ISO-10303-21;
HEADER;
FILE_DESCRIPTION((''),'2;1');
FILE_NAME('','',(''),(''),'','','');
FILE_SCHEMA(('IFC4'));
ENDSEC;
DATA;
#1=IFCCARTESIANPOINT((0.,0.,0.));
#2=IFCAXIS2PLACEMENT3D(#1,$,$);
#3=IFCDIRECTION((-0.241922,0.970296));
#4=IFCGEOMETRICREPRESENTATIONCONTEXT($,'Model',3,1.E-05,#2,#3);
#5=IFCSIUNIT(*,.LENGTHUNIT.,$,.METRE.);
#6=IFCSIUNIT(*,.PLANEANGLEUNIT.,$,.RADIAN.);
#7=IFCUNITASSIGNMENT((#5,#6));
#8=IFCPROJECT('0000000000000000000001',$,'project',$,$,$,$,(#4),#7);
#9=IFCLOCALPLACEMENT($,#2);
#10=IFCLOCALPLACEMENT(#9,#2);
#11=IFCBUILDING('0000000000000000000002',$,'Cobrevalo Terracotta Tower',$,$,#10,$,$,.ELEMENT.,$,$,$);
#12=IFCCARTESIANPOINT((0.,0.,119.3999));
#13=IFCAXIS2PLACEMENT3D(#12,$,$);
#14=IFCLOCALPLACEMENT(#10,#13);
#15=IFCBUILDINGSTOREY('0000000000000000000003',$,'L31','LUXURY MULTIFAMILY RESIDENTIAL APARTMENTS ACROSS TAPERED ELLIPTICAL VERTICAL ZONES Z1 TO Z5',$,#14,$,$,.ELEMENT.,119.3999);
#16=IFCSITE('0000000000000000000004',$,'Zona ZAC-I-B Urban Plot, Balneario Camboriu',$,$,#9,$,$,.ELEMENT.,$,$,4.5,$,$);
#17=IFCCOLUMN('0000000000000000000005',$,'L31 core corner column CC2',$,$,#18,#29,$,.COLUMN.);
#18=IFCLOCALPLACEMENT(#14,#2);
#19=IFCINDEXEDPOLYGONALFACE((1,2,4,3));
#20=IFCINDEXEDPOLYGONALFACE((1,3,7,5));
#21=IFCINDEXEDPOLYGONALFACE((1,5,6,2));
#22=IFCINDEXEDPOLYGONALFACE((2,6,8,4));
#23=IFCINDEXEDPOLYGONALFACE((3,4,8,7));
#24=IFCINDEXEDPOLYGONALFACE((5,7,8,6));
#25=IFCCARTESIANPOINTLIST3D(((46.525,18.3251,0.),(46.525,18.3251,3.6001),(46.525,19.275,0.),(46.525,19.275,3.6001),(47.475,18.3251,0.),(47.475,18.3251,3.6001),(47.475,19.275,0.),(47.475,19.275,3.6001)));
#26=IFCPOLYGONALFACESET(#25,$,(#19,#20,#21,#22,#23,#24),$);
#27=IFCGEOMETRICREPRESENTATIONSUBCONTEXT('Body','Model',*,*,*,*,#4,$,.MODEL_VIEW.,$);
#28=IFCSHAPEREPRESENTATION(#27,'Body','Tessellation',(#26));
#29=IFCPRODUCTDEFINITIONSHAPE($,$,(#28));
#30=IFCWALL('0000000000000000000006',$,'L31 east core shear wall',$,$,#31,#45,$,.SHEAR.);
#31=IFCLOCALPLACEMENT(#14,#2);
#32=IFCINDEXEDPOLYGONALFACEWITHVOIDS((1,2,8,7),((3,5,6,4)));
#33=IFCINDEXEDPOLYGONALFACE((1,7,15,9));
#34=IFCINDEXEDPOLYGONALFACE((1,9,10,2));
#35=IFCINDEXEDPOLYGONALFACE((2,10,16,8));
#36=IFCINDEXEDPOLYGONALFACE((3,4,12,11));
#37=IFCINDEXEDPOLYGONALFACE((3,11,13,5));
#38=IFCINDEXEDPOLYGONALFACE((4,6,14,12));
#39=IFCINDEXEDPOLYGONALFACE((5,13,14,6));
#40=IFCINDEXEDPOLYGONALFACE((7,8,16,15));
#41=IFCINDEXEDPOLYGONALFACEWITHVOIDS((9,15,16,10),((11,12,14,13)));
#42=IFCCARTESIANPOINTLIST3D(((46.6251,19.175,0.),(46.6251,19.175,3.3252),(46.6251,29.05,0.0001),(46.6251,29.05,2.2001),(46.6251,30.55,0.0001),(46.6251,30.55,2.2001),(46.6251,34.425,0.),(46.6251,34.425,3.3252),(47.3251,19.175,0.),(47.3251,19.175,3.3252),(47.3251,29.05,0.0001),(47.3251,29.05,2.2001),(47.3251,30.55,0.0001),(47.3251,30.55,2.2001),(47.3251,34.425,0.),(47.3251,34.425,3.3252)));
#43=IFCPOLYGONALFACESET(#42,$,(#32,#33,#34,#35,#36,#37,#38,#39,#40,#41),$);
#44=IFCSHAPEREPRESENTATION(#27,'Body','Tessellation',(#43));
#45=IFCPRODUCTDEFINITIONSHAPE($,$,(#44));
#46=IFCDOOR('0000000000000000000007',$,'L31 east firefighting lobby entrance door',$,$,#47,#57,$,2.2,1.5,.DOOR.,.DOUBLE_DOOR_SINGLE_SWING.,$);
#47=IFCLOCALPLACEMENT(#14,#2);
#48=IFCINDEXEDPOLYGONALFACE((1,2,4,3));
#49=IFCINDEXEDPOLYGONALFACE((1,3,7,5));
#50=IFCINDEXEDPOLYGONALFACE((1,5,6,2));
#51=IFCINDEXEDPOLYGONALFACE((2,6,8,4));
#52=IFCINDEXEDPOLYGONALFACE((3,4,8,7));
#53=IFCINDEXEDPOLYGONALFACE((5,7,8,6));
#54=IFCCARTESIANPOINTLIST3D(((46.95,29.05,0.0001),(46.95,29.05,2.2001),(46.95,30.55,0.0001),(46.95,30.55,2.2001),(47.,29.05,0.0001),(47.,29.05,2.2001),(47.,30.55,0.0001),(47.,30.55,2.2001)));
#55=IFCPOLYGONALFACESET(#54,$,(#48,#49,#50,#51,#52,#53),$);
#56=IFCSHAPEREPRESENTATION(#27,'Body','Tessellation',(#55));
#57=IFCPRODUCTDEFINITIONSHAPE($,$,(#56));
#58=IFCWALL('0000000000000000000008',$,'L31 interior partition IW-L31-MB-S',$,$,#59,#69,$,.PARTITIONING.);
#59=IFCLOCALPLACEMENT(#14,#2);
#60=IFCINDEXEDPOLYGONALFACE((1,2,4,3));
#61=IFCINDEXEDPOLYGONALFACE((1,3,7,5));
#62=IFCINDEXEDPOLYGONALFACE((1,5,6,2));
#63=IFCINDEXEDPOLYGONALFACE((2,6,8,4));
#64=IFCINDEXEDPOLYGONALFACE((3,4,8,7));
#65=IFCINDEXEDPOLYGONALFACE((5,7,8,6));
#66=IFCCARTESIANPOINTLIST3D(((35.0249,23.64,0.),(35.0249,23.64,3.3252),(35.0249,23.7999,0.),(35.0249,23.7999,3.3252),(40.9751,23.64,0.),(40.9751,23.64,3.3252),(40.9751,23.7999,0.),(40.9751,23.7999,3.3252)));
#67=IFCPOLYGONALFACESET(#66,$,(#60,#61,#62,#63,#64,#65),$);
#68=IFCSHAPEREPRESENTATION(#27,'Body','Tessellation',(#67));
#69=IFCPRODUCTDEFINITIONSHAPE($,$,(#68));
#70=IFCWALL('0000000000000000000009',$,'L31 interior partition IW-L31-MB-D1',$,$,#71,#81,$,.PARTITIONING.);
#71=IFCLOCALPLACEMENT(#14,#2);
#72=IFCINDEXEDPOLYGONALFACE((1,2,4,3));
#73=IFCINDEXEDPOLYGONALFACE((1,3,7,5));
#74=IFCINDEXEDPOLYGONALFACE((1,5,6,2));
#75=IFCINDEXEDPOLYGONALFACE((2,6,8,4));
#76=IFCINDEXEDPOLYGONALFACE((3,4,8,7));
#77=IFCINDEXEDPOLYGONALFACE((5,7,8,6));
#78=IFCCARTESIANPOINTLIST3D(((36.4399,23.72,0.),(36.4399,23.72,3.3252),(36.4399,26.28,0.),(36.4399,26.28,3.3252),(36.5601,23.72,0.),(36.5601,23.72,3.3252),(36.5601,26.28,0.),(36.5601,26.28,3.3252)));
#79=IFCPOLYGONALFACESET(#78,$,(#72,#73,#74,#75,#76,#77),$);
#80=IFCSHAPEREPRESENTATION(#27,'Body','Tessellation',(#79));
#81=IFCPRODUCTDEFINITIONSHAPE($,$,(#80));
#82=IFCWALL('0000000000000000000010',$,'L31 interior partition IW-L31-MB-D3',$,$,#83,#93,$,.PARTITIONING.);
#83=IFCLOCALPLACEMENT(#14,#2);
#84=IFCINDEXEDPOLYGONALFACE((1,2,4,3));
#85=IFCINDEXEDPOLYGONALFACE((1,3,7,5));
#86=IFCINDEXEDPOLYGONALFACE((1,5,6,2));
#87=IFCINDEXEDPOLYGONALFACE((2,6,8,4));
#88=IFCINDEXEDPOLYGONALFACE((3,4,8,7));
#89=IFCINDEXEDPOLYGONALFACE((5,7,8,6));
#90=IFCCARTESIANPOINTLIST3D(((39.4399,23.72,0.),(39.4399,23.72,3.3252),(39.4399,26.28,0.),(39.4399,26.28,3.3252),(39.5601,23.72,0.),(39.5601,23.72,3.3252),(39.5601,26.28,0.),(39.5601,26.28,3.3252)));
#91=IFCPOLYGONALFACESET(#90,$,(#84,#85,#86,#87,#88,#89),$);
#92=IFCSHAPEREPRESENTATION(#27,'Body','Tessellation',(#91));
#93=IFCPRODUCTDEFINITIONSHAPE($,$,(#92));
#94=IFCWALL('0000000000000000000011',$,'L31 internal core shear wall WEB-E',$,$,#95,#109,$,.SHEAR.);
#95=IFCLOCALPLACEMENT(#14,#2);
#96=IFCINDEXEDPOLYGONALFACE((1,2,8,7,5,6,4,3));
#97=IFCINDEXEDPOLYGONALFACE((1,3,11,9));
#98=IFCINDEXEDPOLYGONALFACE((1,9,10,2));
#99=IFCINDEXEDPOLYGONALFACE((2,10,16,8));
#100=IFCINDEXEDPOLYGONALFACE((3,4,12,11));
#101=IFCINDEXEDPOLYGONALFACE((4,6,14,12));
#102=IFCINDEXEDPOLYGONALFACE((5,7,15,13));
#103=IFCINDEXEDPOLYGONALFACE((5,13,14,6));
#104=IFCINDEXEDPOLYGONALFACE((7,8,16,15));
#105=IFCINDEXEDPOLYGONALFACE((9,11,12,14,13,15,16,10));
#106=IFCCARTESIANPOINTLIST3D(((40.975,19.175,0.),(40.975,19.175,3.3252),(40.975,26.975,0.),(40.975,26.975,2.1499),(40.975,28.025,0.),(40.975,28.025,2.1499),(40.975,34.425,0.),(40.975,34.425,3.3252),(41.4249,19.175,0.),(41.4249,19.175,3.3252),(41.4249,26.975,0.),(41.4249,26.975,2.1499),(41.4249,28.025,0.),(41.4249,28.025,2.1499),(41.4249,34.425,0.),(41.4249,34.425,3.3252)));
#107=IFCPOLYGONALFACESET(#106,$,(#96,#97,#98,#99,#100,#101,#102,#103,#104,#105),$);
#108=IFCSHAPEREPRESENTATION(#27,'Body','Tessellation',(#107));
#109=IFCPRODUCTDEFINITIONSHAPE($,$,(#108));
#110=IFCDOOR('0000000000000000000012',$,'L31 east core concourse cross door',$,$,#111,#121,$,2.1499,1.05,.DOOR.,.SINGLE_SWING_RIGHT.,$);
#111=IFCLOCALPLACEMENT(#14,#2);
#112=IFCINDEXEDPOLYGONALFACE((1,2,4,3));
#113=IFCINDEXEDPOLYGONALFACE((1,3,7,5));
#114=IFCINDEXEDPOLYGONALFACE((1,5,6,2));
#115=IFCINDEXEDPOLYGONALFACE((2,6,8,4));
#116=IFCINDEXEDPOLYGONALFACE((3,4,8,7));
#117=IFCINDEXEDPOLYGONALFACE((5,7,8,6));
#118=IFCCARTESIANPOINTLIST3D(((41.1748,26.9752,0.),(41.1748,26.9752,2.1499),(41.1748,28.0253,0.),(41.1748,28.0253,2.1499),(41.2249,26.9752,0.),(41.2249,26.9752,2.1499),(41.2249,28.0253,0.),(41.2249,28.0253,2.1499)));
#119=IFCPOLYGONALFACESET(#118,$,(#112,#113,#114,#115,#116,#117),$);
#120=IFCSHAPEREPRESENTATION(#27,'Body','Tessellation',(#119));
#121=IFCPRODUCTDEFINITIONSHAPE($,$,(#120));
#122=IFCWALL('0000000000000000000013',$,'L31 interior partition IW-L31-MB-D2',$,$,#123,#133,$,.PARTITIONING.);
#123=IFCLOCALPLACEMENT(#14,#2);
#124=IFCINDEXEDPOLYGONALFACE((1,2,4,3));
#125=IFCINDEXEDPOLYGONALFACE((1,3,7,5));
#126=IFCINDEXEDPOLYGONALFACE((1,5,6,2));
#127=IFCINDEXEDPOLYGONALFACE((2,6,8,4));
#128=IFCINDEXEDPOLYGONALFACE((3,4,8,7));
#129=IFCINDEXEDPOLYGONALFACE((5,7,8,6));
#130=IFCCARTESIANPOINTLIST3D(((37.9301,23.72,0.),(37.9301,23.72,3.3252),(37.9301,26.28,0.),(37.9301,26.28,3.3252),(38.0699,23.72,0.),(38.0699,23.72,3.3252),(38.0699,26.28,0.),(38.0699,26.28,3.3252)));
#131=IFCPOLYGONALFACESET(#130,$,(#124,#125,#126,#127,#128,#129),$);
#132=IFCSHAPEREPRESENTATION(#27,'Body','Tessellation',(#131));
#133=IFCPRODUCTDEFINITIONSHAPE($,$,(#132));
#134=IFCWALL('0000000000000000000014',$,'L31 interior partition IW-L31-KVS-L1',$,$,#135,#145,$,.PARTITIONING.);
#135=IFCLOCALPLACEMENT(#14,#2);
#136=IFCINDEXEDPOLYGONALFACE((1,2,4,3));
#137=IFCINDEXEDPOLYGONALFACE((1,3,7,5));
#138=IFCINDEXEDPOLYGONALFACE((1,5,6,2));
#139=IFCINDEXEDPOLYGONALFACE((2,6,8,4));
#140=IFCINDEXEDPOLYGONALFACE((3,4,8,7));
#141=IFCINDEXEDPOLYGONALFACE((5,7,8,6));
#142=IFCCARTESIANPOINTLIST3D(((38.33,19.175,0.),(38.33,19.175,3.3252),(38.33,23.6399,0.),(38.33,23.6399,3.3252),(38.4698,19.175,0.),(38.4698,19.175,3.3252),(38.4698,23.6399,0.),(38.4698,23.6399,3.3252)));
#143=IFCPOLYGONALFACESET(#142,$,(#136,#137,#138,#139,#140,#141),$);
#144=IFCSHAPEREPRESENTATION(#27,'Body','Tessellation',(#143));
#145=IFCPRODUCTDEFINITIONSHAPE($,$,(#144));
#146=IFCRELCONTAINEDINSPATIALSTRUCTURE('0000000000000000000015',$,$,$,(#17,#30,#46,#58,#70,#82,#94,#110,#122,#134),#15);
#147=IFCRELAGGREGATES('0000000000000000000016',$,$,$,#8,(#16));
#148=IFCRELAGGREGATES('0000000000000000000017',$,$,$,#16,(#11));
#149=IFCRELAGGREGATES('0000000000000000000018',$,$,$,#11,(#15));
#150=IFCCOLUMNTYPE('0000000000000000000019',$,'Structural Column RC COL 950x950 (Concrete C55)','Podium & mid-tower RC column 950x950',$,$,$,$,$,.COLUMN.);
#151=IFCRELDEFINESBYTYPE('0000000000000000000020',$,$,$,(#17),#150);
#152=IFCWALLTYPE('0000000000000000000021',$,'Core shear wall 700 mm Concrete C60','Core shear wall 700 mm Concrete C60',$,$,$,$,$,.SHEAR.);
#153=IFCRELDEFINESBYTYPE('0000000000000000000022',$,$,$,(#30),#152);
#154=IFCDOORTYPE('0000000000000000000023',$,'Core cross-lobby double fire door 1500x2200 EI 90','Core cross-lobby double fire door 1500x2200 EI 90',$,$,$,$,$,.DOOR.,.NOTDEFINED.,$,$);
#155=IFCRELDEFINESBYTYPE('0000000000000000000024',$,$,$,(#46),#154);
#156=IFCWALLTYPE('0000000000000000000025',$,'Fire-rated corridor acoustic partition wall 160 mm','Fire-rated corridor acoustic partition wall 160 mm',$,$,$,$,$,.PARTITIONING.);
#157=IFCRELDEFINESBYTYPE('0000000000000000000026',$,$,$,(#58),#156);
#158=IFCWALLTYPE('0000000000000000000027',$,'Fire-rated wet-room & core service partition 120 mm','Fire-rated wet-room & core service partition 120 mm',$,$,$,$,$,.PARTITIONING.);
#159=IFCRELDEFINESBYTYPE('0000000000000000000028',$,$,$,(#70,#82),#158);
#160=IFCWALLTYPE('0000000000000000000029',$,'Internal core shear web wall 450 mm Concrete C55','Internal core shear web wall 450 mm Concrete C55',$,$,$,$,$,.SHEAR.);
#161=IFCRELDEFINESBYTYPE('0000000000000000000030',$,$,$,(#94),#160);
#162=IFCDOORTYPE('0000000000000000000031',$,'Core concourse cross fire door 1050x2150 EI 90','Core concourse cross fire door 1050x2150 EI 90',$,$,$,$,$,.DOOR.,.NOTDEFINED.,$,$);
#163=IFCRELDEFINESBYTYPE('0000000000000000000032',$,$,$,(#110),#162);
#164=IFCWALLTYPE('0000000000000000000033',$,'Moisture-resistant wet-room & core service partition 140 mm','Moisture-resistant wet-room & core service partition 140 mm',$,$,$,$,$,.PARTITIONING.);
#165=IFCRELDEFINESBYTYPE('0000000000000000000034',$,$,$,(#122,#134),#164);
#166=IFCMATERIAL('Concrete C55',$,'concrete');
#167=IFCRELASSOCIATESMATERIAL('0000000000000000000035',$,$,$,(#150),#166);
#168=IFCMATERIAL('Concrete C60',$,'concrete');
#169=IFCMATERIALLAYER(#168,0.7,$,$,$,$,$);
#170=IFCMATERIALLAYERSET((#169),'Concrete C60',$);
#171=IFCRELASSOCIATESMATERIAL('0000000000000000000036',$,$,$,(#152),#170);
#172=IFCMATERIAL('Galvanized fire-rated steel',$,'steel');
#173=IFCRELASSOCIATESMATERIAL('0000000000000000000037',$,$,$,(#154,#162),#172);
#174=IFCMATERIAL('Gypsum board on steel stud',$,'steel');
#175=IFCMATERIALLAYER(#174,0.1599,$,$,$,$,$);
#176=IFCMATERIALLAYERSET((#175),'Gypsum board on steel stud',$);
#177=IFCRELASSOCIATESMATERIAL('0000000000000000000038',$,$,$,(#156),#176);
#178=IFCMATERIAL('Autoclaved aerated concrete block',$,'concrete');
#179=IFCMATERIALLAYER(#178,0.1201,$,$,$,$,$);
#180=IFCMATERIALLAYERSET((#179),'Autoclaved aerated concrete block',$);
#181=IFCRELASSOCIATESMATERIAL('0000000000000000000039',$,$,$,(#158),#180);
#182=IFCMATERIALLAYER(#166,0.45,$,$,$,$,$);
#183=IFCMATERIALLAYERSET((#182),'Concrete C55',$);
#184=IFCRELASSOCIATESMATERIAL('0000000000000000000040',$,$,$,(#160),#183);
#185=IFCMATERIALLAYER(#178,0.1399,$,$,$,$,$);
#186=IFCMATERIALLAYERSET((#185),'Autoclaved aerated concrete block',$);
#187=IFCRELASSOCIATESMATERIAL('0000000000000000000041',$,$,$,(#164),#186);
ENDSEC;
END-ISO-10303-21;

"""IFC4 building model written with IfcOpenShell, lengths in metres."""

from ifc_helpers import new_model, si_unit, direction, frame, frame_2d, origin, origin_2d, place, context, subcontext, project, spatial, rectangle, extrude, source, transform, mapped, material, layer, layer_set, material_profile, profile_set, type_object, element, fill, save


model = new_model("IFC4")

# Units and contexts
model_context = context("Model", 3, precision=1e-05, world=origin(), true_north=direction((-0.241922, 0.970296)))
body_context = subcontext(model_context, "Body", "Model", "MODEL_VIEW")
ifc_project = project(units=[si_unit("LENGTHUNIT", "METRE"), si_unit("PLANEANGLEUNIT", "RADIAN")], contexts=[model_context])

# Site, building, storey
site_placement = place(None, origin())
site = spatial("IfcSite", under=ifc_project, at=site_placement, Name="Zona ZAC-I-B Urban Plot, Balneario Camboriu", CompositionType="ELEMENT", RefElevation=4.5)
building_placement = place(site_placement, origin())
building = spatial("IfcBuilding", under=site, at=building_placement, Name="Cobrevalo Terracotta Tower", CompositionType="ELEMENT")
storey_placement = place(building_placement, frame((0.0, 0.0, 119.3999)))
storey = spatial("IfcBuildingStorey", under=building, at=storey_placement, Name="L31", Description="LUXURY MULTIFAMILY RESIDENTIAL APARTMENTS ACROSS TAPERED ELLIPTICAL VERTICAL ZONES Z1 TO Z5", CompositionType="ELEMENT", Elevation=119.3999)

# Column
ifc_material_1 = material(Name="Concrete C55", Category="concrete")
ifc_material_profile = material_profile(ifc_material_1, rectangle(XDim=0.95, YDim=0.95, at=origin_2d()), Name="RC COL 950x950")
ifc_profile_set = profile_set([ifc_material_profile], Name="Concrete C55")
column_type = type_object("IfcColumnType", Name="Structural Column RC COL 950x950 (Concrete C55)", Description="Podium & mid-tower RC column 950x950", PredefinedType="COLUMN", material=ifc_profile_set)
column_placement = place(storey_placement, frame((47.0, 18.8, 0.0), z_axis=(0.0, 0.0, 1.0), x_axis=(1.0, 0.0, 0.0)))
element("IfcColumn", 1, at=column_placement, inside=storey, type_object=column_type, Name="L31 core corner column CC2", PredefinedType="COLUMN", context=body_context, shape_type="SweptSolid", body=[
    extrude(rectangle(XDim=0.95, YDim=0.95, at=origin_2d()), origin(), (0.0, 0.0, 1.0), 3.6001),
])

# Wall, opening, door
ifc_material_2 = material(Name="Concrete C60", Category="concrete")
ifc_layer_1 = layer(ifc_material_2, 0.7)
ifc_layer_set_1 = layer_set([ifc_layer_1], Name="Concrete C60")
wall_type_1 = type_object("IfcWallType", Name="Core shear wall 700 mm Concrete C60", Description="Core shear wall 700 mm Concrete C60", PredefinedType="SHEAR", material=ifc_layer_set_1)
wall_1_placement = place(storey_placement, frame((46.9751, 19.175, 0.0), z_axis=(0.0, 0.0, 1.0), x_axis=(0.0, 1.0, 0.0)))
wall_1 = element("IfcWall", 2, at=wall_1_placement, inside=storey, type_object=wall_type_1, Name="L31 east core shear wall", PredefinedType="SHEAR", context=body_context, shape_type="SweptSolid", body=[
    extrude(rectangle(XDim=15.25, YDim=0.7, at=frame_2d((7.625, 0.0))), origin(), (0.0, 0.0, 1.0), 3.3252),
])
opening_1_placement = place(wall_1_placement, frame((9.875, 0.0, 0.0)))
opening_1 = element("IfcOpeningElement", 3, at=opening_1_placement, cuts=wall_1, PredefinedType="OPENING", context=body_context, shape_type="SweptSolid", body=[
    extrude(rectangle(XDim=1.5, YDim=2.2, at=frame_2d((0.75, 1.1001))), frame((0.0, 0.3599, 0.0), z_axis=(0.0, -1.0, 0.0), x_axis=(1.0, 0.0, 0.0)), (0.0, 0.0, 1.0), 0.72),
])
ifc_material_3 = material(Name="Galvanized fire-rated steel", Category="steel")
door_type_1 = type_object("IfcDoorType", Name="Core cross-lobby double fire door 1500x2200 EI 90", Description="Core cross-lobby double fire door 1500x2200 EI 90", OperationType="NOTDEFINED", PredefinedType="DOOR", material=ifc_material_3)
shared_shape_1 = source(origin(), body_context, "Body", "SweptSolid", [
    extrude(rectangle(XDim=1.5, YDim=2.2, at=frame_2d((0.75, 1.1001))), frame((0.0, 0.0249, 0.0), z_axis=(0.0, -1.0, 0.0), x_axis=(1.0, 0.0, 0.0)), (0.0, 0.0, 1.0), 0.05),
])
door_1_placement = place(opening_1_placement, frame((1.5, 0.0, 0.0), z_axis=(0.0, 0.0, 1.0), x_axis=(-1.0, 0.0, 0.0)))
door_1 = element("IfcDoor", 4, at=door_1_placement, inside=storey, type_object=door_type_1, Name="L31 east firefighting lobby entrance door", OperationType="DOUBLE_DOOR_SINGLE_SWING", OverallHeight=2.2, OverallWidth=1.5, PredefinedType="DOOR", context=body_context, shape_type="MappedRepresentation", body=[
    mapped(shared_shape_1, transform((0.0, 0.0, 0.0), scale=1.0)),
])
fill(opening_1, door_1)

# Walls
ifc_material_4 = material(Name="Gypsum board on steel stud", Category="steel")
ifc_layer_2 = layer(ifc_material_4, 0.1599)
ifc_layer_set_2 = layer_set([ifc_layer_2], Name="Gypsum board on steel stud")
wall_type_2 = type_object("IfcWallType", Name="Fire-rated corridor acoustic partition wall 160 mm", Description="Fire-rated corridor acoustic partition wall 160 mm", PredefinedType="PARTITIONING", material=ifc_layer_set_2)
wall_2_placement = place(storey_placement, frame((35.0249, 23.72, 0.0), z_axis=(0.0, 0.0, 1.0), x_axis=(1.0, 0.0, 0.0)))
element("IfcWall", 5, at=wall_2_placement, inside=storey, type_object=wall_type_2, Name="L31 interior partition IW-L31-MB-S", PredefinedType="PARTITIONING", context=body_context, shape_type="SweptSolid", body=[
    extrude(rectangle(XDim=5.9502, YDim=0.1599, at=frame_2d((2.9751, 0.0))), origin(), (0.0, 0.0, 1.0), 3.3252),
])
ifc_material_5 = material(Name="Autoclaved aerated concrete block", Category="concrete")
ifc_layer_3 = layer(ifc_material_5, 0.1201)
ifc_layer_set_3 = layer_set([ifc_layer_3], Name="Autoclaved aerated concrete block")
wall_type_3 = type_object("IfcWallType", Name="Fire-rated wet-room & core service partition 120 mm", Description="Fire-rated wet-room & core service partition 120 mm", PredefinedType="PARTITIONING", material=ifc_layer_set_3)
for number, where, z_axis, x_axis, name in (
    (6, (36.5, 23.72, 0.0), (0.0, 0.0, 1.0), (0.0, 1.0, 0.0), "L31 interior partition IW-L31-MB-D1"),
    (7, (39.5, 23.72, 0.0), (0.0, 0.0, 1.0), (0.0, 1.0, 0.0), "L31 interior partition IW-L31-MB-D3"),
):
    element("IfcWall", number, at=place(storey_placement, frame(where, z_axis=z_axis, x_axis=x_axis)), inside=storey, type_object=wall_type_3, Name=name, PredefinedType="PARTITIONING", context=body_context, shape_type="SweptSolid", body=[
        extrude(rectangle(XDim=2.5601, YDim=0.1201, at=frame_2d((1.28, 0.0))), origin(), (0.0, 0.0, 1.0), 3.3252),
    ])

# Wall, opening, door
ifc_layer_4 = layer(ifc_material_1, 0.45)
ifc_layer_set_4 = layer_set([ifc_layer_4], Name="Concrete C55")
wall_type_4 = type_object("IfcWallType", Name="Internal core shear web wall 450 mm Concrete C55", Description="Internal core shear web wall 450 mm Concrete C55", PredefinedType="SHEAR", material=ifc_layer_set_4)
wall_3_placement = place(storey_placement, frame((41.2, 19.175, 0.0), z_axis=(0.0, 0.0, 1.0), x_axis=(0.0, 1.0, 0.0)))
wall_3 = element("IfcWall", 8, at=wall_3_placement, inside=storey, type_object=wall_type_4, Name="L31 internal core shear wall WEB-E", PredefinedType="SHEAR", context=body_context, shape_type="SweptSolid", body=[
    extrude(rectangle(XDim=15.25, YDim=0.45, at=frame_2d((7.625, 0.0))), origin(), (0.0, 0.0, 1.0), 3.3252),
])
opening_2_placement = place(wall_3_placement, frame((7.8, 0.0, 0.0)))
opening_2 = element("IfcOpeningElement", 9, at=opening_2_placement, cuts=wall_3, PredefinedType="OPENING", context=body_context, shape_type="SweptSolid", body=[
    extrude(rectangle(XDim=1.05, YDim=2.1499, at=frame_2d((0.5249, 1.075))), frame((0.0, 0.2349, 0.0), z_axis=(0.0, -1.0, 0.0), x_axis=(1.0, 0.0, 0.0)), (0.0, 0.0, 1.0), 0.47),
])
door_type_2 = type_object("IfcDoorType", Name="Core concourse cross fire door 1050x2150 EI 90", Description="Core concourse cross fire door 1050x2150 EI 90", OperationType="NOTDEFINED", PredefinedType="DOOR", material=ifc_material_3)
shared_shape_2 = source(origin(), body_context, "Body", "SweptSolid", [
    extrude(rectangle(XDim=1.05, YDim=2.1499, at=frame_2d((0.5249, 1.075))), frame((0.0, 0.0249, 0.0), z_axis=(0.0, -1.0, 0.0), x_axis=(1.0, 0.0, 0.0)), (0.0, 0.0, 1.0), 0.05),
])
door_2_placement = place(opening_2_placement, frame((1.05, 0.0, 0.0), z_axis=(0.0, 0.0, 1.0), x_axis=(-1.0, 0.0, 0.0)))
door_2 = element("IfcDoor", 10, at=door_2_placement, inside=storey, type_object=door_type_2, Name="L31 east core concourse cross door", OperationType="SINGLE_SWING_RIGHT", OverallHeight=2.1499, OverallWidth=1.05, PredefinedType="DOOR", context=body_context, shape_type="MappedRepresentation", body=[
    mapped(shared_shape_2, transform((0.0, 0.0, 0.0), scale=1.0)),
])
fill(opening_2, door_2)

# Walls
ifc_layer_5 = layer(ifc_material_5, 0.1399)
ifc_layer_set_5 = layer_set([ifc_layer_5], Name="Autoclaved aerated concrete block")
wall_type_5 = type_object("IfcWallType", Name="Moisture-resistant wet-room & core service partition 140 mm", Description="Moisture-resistant wet-room & core service partition 140 mm", PredefinedType="PARTITIONING", material=ifc_layer_set_5)
wall_4_placement = place(storey_placement, frame((38.0, 23.72, 0.0), z_axis=(0.0, 0.0, 1.0), x_axis=(0.0, 1.0, 0.0)))
element("IfcWall", 11, at=wall_4_placement, inside=storey, type_object=wall_type_5, Name="L31 interior partition IW-L31-MB-D2", PredefinedType="PARTITIONING", context=body_context, shape_type="SweptSolid", body=[
    extrude(rectangle(XDim=2.5601, YDim=0.1399, at=frame_2d((1.28, 0.0))), origin(), (0.0, 0.0, 1.0), 3.3252),
])
wall_5_placement = place(storey_placement, frame((38.3999, 19.175, 0.0), z_axis=(0.0, 0.0, 1.0), x_axis=(0.0, 1.0, 0.0)))
element("IfcWall", 12, at=wall_5_placement, inside=storey, type_object=wall_type_5, Name="L31 interior partition IW-L31-KVS-L1", PredefinedType="PARTITIONING", context=body_context, shape_type="SweptSolid", body=[
    extrude(rectangle(XDim=4.4648, YDim=0.1399, at=frame_2d((2.2324, 0.0))), origin(), (0.0, 0.0, 1.0), 3.3252),
])

save(model, "model.ifc")
